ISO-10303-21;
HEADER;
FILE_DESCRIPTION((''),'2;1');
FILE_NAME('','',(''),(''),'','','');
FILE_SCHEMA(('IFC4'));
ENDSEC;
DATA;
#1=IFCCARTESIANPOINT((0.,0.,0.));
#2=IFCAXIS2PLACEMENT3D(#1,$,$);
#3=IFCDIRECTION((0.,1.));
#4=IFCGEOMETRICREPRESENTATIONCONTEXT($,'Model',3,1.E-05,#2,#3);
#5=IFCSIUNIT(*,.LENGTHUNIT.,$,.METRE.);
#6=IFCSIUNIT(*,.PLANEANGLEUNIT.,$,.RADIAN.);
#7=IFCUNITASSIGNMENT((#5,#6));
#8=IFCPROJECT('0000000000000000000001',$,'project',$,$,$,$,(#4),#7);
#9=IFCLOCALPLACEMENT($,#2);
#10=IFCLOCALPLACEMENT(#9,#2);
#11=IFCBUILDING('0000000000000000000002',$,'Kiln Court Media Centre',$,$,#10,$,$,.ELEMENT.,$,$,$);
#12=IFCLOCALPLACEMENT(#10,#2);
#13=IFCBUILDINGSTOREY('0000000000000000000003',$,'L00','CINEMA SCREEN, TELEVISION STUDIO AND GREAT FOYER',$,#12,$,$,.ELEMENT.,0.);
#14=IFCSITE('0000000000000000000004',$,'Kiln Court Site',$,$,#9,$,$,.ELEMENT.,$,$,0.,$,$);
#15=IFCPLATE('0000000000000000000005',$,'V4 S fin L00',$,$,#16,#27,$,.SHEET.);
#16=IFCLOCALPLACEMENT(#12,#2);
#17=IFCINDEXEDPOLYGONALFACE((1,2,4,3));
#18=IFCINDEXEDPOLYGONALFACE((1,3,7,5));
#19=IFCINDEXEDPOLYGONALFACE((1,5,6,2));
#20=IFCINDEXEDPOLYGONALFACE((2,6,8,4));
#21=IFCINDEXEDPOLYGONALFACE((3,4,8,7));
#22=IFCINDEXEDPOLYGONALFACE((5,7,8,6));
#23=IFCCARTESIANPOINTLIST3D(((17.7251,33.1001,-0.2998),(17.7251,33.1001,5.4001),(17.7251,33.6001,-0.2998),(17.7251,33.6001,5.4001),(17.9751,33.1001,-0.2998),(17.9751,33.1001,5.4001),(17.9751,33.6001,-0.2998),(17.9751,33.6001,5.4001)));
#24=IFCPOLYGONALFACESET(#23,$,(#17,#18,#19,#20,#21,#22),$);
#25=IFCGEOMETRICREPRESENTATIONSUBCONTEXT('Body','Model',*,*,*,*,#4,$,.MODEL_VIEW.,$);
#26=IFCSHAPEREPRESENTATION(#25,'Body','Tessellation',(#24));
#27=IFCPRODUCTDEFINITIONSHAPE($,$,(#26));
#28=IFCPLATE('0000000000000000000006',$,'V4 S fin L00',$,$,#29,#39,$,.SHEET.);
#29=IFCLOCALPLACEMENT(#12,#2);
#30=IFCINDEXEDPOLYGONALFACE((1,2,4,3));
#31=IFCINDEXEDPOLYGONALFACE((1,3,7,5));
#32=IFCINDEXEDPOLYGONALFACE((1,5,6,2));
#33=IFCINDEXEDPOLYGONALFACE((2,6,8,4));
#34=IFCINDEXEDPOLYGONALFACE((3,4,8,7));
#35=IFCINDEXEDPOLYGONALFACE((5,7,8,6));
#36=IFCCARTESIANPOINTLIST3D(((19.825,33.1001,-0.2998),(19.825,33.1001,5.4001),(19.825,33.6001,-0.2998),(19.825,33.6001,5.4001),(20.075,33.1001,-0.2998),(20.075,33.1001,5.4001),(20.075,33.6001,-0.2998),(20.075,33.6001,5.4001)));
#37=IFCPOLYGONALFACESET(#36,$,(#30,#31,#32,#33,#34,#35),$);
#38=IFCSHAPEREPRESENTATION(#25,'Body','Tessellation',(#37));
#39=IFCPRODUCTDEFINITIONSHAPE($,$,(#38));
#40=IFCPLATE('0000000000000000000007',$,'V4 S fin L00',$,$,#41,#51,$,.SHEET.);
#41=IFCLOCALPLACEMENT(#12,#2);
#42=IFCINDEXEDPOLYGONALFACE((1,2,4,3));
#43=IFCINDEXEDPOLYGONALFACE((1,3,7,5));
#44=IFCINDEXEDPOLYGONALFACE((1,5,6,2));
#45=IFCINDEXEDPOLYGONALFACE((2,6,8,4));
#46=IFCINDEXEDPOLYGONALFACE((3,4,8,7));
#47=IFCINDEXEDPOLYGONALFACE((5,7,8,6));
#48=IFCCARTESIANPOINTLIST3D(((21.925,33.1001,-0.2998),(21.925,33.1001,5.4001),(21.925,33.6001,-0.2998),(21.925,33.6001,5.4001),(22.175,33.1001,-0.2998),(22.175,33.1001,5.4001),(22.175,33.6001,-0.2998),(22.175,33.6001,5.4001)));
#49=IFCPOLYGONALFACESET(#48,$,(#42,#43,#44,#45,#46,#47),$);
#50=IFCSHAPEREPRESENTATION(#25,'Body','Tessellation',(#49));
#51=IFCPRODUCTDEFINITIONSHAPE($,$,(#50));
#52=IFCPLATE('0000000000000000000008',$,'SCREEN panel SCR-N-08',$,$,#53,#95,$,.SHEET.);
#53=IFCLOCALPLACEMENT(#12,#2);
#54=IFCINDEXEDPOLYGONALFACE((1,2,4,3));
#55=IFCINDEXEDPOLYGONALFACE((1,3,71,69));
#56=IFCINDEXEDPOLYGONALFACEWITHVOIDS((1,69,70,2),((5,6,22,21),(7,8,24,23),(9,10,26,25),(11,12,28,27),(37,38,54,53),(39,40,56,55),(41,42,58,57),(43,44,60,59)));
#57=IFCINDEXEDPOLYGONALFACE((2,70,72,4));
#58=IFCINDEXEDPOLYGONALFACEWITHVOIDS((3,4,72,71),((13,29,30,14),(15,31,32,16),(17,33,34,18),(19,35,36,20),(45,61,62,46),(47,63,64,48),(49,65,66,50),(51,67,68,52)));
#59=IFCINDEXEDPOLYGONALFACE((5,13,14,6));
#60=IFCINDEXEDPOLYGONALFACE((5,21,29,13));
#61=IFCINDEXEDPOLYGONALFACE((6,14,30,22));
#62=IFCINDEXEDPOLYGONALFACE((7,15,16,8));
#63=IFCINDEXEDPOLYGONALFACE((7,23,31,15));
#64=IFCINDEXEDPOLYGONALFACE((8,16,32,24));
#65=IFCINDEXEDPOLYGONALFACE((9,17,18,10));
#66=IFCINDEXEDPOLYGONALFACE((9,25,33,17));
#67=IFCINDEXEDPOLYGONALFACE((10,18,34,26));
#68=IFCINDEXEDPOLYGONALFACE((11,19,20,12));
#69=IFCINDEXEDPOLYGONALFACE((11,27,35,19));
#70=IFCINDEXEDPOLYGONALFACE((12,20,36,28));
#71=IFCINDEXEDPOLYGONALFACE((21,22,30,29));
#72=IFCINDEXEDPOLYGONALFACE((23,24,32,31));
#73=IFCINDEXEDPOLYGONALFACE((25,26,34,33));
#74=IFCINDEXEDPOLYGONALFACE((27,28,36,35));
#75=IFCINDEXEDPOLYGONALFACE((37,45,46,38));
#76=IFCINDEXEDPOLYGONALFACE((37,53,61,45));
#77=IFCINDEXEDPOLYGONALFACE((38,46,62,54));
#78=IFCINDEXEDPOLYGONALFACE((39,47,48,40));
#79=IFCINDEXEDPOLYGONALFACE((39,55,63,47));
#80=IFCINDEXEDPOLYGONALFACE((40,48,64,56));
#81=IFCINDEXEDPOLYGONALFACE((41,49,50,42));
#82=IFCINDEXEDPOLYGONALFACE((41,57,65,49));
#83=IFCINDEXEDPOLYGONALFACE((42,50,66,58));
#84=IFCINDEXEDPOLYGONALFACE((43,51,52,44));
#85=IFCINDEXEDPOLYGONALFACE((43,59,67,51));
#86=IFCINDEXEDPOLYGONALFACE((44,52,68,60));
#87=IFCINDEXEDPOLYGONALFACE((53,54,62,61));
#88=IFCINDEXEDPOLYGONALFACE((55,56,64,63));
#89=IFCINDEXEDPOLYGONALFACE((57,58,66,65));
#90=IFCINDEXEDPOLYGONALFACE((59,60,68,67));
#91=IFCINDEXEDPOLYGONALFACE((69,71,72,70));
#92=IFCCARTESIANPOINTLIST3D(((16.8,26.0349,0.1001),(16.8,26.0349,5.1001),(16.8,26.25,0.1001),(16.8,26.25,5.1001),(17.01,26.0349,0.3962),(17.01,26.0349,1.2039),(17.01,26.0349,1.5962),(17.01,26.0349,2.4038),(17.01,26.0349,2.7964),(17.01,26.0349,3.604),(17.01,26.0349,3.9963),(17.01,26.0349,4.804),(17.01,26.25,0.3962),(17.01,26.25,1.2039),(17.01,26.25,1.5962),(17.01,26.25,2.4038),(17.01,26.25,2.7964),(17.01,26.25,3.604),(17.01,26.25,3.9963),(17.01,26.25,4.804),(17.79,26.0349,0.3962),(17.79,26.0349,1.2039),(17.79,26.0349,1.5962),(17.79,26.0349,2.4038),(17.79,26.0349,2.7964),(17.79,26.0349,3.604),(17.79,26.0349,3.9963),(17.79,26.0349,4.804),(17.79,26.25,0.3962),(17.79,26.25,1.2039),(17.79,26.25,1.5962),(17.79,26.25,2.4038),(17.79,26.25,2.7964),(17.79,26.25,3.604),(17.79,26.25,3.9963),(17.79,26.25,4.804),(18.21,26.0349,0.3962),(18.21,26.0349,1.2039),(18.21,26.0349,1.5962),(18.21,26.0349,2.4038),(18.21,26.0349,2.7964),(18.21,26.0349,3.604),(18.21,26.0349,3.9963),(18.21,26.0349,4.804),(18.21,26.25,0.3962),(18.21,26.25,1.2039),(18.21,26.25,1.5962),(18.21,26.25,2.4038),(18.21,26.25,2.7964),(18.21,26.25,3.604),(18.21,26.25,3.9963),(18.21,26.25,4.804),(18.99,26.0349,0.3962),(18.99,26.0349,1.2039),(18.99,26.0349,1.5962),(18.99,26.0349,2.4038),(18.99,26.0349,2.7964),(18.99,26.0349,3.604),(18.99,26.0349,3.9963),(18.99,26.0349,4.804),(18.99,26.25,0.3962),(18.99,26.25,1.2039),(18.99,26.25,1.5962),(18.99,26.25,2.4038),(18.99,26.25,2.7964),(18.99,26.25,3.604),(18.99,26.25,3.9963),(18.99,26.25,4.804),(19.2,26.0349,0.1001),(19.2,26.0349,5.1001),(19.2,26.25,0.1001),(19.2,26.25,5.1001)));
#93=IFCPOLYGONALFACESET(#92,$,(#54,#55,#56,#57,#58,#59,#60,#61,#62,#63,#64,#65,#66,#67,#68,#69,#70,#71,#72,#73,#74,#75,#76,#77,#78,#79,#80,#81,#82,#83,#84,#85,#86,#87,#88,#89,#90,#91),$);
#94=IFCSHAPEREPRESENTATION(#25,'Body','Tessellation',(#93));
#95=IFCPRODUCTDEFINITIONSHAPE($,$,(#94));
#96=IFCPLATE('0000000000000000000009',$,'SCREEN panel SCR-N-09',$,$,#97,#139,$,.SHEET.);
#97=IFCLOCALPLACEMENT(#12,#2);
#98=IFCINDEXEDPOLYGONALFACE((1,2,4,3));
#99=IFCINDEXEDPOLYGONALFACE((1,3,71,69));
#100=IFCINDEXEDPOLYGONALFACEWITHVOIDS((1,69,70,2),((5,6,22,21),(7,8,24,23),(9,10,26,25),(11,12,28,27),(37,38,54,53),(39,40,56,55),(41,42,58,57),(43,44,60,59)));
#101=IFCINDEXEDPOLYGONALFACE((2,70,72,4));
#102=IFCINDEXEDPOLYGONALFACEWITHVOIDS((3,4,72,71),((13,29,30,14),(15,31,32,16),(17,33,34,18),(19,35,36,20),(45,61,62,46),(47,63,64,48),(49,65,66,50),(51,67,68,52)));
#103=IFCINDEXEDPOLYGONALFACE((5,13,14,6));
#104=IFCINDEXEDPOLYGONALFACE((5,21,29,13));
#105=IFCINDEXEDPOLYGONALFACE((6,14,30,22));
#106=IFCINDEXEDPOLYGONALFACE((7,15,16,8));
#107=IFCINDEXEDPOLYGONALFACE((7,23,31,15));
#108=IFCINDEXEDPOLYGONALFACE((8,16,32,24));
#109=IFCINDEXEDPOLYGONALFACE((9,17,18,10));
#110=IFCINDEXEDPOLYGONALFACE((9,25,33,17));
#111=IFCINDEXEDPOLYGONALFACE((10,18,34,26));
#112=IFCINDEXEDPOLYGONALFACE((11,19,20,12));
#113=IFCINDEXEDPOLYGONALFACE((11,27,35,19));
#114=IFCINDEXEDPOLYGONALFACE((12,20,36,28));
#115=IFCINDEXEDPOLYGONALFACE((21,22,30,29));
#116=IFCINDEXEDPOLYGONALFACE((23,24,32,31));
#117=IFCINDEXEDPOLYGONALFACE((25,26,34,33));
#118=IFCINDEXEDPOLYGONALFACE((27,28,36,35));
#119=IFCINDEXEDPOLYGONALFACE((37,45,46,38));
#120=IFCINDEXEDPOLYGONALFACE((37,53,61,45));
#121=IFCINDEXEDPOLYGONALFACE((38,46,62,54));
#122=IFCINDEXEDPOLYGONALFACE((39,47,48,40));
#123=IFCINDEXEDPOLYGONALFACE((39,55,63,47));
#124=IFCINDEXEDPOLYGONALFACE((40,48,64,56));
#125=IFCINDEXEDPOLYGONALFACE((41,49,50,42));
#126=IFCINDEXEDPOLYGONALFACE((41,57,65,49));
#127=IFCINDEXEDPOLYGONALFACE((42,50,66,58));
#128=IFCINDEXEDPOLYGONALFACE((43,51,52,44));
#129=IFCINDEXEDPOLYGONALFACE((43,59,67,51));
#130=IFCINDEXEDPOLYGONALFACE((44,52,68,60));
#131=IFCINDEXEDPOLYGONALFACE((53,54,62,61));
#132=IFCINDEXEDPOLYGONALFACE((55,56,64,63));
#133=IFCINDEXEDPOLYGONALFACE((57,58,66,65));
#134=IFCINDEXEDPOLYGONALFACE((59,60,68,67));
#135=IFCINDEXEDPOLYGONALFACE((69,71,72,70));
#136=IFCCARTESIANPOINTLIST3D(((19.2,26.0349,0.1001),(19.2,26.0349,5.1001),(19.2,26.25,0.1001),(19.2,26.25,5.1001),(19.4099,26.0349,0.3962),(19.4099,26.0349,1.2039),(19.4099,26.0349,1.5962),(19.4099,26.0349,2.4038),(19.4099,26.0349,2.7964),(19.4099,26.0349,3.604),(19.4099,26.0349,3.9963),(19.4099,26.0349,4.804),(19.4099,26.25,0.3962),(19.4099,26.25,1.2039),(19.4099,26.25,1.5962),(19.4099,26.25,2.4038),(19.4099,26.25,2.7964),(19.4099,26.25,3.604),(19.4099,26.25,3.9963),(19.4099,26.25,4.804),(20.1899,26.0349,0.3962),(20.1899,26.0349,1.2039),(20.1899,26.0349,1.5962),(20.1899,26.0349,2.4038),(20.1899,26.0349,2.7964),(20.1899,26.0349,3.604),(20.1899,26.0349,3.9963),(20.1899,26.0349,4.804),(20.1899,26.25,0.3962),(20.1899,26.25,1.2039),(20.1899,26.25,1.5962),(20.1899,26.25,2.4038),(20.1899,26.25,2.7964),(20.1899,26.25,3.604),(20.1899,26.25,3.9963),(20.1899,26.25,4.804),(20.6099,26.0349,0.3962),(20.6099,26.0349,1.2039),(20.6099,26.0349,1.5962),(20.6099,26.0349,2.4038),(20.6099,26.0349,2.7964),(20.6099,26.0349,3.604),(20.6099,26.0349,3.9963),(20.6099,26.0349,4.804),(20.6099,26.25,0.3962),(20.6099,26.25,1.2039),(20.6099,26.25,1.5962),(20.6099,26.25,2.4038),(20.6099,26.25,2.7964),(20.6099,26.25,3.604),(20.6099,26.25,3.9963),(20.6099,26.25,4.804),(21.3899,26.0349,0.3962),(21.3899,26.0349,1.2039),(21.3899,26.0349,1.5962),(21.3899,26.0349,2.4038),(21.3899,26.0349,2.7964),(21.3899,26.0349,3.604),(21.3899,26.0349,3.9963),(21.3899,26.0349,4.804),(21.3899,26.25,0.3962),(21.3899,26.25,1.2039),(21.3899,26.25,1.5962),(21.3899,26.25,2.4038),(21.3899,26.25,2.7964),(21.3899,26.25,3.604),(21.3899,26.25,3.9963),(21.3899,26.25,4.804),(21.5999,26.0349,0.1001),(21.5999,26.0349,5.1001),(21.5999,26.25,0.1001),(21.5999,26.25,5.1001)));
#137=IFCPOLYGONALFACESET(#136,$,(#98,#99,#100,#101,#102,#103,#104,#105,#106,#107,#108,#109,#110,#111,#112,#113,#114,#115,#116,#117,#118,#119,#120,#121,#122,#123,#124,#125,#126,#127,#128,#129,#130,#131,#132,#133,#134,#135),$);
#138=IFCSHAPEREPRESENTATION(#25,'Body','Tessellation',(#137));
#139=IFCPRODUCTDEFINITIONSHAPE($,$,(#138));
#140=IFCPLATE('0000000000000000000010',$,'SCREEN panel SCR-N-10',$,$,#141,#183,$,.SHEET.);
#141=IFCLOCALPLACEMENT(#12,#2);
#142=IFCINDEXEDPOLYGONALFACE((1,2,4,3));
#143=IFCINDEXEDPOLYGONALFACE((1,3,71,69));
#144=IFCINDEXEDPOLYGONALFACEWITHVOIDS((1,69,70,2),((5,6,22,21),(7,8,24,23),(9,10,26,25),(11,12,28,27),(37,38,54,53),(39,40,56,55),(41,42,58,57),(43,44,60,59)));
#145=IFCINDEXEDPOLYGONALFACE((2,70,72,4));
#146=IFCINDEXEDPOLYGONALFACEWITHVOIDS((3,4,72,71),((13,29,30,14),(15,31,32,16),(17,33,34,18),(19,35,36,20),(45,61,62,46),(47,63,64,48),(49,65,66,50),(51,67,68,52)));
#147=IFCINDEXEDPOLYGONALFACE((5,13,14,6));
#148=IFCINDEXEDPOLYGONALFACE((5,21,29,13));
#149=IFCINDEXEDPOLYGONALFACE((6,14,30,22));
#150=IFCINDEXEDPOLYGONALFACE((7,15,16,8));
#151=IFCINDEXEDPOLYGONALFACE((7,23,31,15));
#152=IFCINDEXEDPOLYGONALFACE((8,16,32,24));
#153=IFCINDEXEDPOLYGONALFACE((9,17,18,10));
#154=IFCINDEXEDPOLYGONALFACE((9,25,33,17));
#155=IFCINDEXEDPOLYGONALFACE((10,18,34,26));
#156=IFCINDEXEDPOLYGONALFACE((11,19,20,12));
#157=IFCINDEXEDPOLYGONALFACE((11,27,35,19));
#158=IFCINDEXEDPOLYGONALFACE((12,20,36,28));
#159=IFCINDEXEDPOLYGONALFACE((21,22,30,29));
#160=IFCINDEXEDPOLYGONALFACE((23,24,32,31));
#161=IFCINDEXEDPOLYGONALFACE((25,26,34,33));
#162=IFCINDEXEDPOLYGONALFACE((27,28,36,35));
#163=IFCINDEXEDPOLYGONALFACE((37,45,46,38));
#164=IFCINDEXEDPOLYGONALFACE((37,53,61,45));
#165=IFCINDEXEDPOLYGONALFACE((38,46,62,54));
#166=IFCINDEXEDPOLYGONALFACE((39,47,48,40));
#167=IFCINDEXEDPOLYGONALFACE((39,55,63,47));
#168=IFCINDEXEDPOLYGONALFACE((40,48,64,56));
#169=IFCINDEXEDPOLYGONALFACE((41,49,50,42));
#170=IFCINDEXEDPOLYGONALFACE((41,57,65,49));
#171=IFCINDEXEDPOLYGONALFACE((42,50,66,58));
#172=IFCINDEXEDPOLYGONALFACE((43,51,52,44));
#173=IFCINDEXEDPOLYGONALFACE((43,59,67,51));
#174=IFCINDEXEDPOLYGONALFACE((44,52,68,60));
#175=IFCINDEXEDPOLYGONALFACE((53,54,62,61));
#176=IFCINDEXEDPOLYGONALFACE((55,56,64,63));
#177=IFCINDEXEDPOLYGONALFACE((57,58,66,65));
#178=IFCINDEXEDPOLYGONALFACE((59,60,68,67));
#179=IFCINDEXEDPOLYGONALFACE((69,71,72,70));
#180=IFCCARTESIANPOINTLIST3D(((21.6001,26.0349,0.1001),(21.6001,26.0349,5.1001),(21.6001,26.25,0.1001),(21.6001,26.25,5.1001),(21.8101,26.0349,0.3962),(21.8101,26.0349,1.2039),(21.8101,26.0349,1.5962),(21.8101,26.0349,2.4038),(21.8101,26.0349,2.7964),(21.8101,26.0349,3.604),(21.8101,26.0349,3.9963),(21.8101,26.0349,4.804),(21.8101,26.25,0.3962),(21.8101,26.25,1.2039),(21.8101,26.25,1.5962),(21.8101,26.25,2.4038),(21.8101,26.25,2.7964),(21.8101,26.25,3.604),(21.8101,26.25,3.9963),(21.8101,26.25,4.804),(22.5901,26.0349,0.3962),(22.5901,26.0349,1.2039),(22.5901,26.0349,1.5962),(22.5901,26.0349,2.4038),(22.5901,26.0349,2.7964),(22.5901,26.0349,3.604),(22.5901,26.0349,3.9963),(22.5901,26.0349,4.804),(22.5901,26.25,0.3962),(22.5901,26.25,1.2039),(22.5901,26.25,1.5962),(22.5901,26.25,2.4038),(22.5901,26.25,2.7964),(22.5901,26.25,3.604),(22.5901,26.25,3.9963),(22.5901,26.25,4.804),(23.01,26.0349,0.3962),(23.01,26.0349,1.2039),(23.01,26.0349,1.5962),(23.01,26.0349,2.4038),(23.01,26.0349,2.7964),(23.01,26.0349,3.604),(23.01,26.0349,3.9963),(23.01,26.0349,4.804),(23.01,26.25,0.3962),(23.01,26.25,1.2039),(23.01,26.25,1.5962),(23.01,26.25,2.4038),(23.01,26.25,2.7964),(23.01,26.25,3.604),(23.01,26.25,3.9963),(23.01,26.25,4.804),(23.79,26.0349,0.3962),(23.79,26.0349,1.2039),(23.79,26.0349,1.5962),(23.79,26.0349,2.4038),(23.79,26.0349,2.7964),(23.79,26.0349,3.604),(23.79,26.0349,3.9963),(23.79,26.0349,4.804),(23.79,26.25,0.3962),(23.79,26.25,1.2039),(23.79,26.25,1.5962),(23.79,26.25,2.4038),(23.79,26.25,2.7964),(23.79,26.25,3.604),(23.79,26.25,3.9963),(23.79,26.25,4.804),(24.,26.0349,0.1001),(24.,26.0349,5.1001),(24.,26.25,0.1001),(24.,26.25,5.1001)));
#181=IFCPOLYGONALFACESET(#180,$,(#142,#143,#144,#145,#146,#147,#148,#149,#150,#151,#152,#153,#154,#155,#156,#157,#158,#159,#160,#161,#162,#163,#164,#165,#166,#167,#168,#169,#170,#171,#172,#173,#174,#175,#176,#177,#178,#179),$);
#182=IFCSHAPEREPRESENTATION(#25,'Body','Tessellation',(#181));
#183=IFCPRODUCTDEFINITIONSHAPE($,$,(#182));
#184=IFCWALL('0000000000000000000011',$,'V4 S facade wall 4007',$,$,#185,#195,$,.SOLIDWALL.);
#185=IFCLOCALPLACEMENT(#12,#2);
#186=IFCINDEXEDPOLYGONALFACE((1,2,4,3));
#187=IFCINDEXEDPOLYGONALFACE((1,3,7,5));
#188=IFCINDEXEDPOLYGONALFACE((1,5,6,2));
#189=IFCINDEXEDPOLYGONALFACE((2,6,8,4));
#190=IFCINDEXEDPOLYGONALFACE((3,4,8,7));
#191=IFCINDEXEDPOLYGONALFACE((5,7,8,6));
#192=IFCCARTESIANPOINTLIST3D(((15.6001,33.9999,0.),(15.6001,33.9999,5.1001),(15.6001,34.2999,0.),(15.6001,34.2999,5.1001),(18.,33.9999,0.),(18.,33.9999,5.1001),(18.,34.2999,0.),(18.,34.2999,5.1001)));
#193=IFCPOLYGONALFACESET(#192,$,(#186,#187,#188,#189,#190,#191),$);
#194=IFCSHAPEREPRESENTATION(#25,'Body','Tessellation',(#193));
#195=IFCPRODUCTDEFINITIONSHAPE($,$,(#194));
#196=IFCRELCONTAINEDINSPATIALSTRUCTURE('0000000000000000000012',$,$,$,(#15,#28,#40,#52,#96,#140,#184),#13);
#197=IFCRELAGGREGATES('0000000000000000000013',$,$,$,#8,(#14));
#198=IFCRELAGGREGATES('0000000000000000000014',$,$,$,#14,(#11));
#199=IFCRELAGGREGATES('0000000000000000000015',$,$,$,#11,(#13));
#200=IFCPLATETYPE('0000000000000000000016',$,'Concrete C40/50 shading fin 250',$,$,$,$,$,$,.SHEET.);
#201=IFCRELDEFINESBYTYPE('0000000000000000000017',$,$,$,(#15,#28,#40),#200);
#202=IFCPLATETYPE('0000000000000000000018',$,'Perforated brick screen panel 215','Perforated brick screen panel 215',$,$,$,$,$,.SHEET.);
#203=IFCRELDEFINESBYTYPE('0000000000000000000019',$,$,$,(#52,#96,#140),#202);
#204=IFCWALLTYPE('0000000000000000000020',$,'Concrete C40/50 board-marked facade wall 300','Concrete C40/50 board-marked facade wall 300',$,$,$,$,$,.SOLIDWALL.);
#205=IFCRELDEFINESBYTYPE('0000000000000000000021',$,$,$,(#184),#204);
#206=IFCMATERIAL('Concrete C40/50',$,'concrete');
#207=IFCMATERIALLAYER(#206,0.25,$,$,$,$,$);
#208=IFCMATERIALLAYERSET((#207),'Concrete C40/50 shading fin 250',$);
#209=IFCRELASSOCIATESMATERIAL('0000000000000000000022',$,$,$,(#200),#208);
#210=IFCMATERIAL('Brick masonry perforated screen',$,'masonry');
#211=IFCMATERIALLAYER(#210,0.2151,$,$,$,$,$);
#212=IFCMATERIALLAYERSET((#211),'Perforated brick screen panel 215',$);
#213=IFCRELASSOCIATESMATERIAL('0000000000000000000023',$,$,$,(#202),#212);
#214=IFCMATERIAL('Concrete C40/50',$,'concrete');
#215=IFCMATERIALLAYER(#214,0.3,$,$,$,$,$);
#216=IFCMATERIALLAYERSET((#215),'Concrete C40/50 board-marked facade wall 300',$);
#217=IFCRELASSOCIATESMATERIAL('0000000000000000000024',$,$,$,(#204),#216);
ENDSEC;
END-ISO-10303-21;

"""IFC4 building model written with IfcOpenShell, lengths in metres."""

from ifc_helpers import new_model, si_unit, direction, frame, frame_2d, origin, origin_2d, place, context, subcontext, project, spatial, polyline, rectangle, outline, extrude, material, layer, layer_set, type_object, element, save


model = new_model("IFC4")

# Units and contexts
model_context = context("Model", 3, precision=1e-05, world=origin(), true_north=direction((0.0, 1.0)))
body_context = subcontext(model_context, "Body", "Model", "MODEL_VIEW")
ifc_project = project(units=[si_unit("LENGTHUNIT", "METRE"), si_unit("PLANEANGLEUNIT", "RADIAN")], contexts=[model_context])

# Site, building, storey
site_placement = place(None, origin())
site = spatial("IfcSite", under=ifc_project, at=site_placement, Name="Kiln Court Site", CompositionType="ELEMENT", RefElevation=0.0)
building_placement = place(site_placement, origin())
building = spatial("IfcBuilding", under=site, at=building_placement, Name="Kiln Court Media Centre", CompositionType="ELEMENT")
storey_placement = place(building_placement, origin())
storey = spatial("IfcBuildingStorey", under=building, at=storey_placement, Name="L00", Description="CINEMA SCREEN, TELEVISION STUDIO AND GREAT FOYER", CompositionType="ELEMENT", Elevation=0.0)

# Plates
ifc_material_1 = material(Name="Concrete C40/50", Category="concrete")
ifc_layer_1 = layer(ifc_material_1, 0.25)
ifc_layer_set_1 = layer_set([ifc_layer_1], Name="Concrete C40/50 shading fin 250")
plate_type_1 = type_object("IfcPlateType", Name="Concrete C40/50 shading fin 250", PredefinedType="SHEET", material=ifc_layer_set_1)
for number, where, z_axis, x_axis, name in (
    (1, (17.8501, 33.3501, -0.2998), (0.0, 0.0, 1.0), (1.0, 0.0, 0.0), "V4 S fin L00"),
    (2, (19.95, 33.3501, -0.2998), (0.0, 0.0, 1.0), (1.0, 0.0, 0.0), "V4 S fin L00"),
    (3, (22.05, 33.3501, -0.2998), (0.0, 0.0, 1.0), (1.0, 0.0, 0.0), "V4 S fin L00"),
):
    element("IfcPlate", number, at=place(storey_placement, frame(where, z_axis=z_axis, x_axis=x_axis)), inside=storey, type_object=plate_type_1, Name=name, PredefinedType="SHEET", context=body_context, shape_type="SweptSolid", body=[
        extrude(rectangle(XDim=0.25, YDim=0.5, at=origin_2d()), origin(), (0.0, 0.0, 1.0), 5.7),
    ])
ifc_material_2 = material(Name="Brick masonry perforated screen", Category="masonry")
ifc_layer_2 = layer(ifc_material_2, 0.2151)
ifc_layer_set_2 = layer_set([ifc_layer_2], Name="Perforated brick screen panel 215")
plate_type_2 = type_object("IfcPlateType", Name="Perforated brick screen panel 215", Description="Perforated brick screen panel 215", PredefinedType="SHEET", material=ifc_layer_set_2)
for number, where, z_axis, x_axis, name in (
    (4, (18.0, 26.25, 0.1001), (0.0, -1.0, 0.0), (1.0, 0.0, 0.0), "SCREEN panel SCR-N-08"),
    (5, (20.3999, 26.25, 0.1001), (0.0, -1.0, 0.0), (1.0, 0.0, 0.0), "SCREEN panel SCR-N-09"),
    (6, (22.8, 26.25, 0.1001), (0.0, -1.0, 0.0), (1.0, 0.0, 0.0), "SCREEN panel SCR-N-10"),
):
    element("IfcPlate", number, at=place(storey_placement, frame(where, z_axis=z_axis, x_axis=x_axis)), inside=storey, type_object=plate_type_2, Name=name, PredefinedType="SHEET", context=body_context, shape_type="SweptSolid", body=[
        extrude(outline(polyline([(-1.2, 0.0), (1.2, 0.0), (1.2, 5.0), (-1.2, 5.0), (-1.2, 0.0)]), holes=[polyline([(-0.99, 0.2961), (-0.21, 0.2961), (-0.21, 1.1038), (-0.99, 1.1038), (-0.99, 0.2961)]), polyline([(-0.99, 1.4961), (-0.21, 1.4961), (-0.21, 2.3037), (-0.99, 2.3037), (-0.99, 1.4961)]), polyline([(-0.99, 2.6963), (-0.21, 2.6963), (-0.21, 3.5039), (-0.99, 3.5039), (-0.99, 2.6963)]), polyline([(-0.99, 3.8962), (-0.21, 3.8962), (-0.21, 4.7039), (-0.99, 4.7039), (-0.99, 3.8962)]), polyline([(0.21, 0.2961), (0.99, 0.2961), (0.99, 1.1038), (0.21, 1.1038), (0.21, 0.2961)]), polyline([(0.21, 1.4961), (0.99, 1.4961), (0.99, 2.3037), (0.21, 2.3037), (0.21, 1.4961)]), polyline([(0.21, 2.6963), (0.99, 2.6963), (0.99, 3.5039), (0.21, 3.5039), (0.21, 2.6963)]), polyline([(0.21, 3.8962), (0.99, 3.8962), (0.99, 4.7039), (0.21, 4.7039), (0.21, 3.8962)])]), origin(), (0.0, 0.0, 1.0), 0.2151),
    ])

# Wall
ifc_material_3 = material(Name="Concrete C40/50", Category="concrete")
ifc_layer_3 = layer(ifc_material_3, 0.3)
ifc_layer_set_3 = layer_set([ifc_layer_3], Name="Concrete C40/50 board-marked facade wall 300")
wall_type_1 = type_object("IfcWallType", Name="Concrete C40/50 board-marked facade wall 300", Description="Concrete C40/50 board-marked facade wall 300", PredefinedType="SOLIDWALL", material=ifc_layer_set_3)
wall_1_placement = place(storey_placement, frame((18.0, 34.1499, 0.0), z_axis=(0.0, 0.0, 1.0), x_axis=(-1.0, 0.0, 0.0)))
element("IfcWall", 7, at=wall_1_placement, inside=storey, type_object=wall_type_1, Name="V4 S facade wall 4007", PredefinedType="SOLIDWALL", context=body_context, shape_type="SweptSolid", body=[
    extrude(rectangle(XDim=2.3999, YDim=0.3, at=frame_2d((1.2, 0.0))), origin(), (0.0, 0.0, 1.0), 5.1001),
])

save(model, "model.ifc")
